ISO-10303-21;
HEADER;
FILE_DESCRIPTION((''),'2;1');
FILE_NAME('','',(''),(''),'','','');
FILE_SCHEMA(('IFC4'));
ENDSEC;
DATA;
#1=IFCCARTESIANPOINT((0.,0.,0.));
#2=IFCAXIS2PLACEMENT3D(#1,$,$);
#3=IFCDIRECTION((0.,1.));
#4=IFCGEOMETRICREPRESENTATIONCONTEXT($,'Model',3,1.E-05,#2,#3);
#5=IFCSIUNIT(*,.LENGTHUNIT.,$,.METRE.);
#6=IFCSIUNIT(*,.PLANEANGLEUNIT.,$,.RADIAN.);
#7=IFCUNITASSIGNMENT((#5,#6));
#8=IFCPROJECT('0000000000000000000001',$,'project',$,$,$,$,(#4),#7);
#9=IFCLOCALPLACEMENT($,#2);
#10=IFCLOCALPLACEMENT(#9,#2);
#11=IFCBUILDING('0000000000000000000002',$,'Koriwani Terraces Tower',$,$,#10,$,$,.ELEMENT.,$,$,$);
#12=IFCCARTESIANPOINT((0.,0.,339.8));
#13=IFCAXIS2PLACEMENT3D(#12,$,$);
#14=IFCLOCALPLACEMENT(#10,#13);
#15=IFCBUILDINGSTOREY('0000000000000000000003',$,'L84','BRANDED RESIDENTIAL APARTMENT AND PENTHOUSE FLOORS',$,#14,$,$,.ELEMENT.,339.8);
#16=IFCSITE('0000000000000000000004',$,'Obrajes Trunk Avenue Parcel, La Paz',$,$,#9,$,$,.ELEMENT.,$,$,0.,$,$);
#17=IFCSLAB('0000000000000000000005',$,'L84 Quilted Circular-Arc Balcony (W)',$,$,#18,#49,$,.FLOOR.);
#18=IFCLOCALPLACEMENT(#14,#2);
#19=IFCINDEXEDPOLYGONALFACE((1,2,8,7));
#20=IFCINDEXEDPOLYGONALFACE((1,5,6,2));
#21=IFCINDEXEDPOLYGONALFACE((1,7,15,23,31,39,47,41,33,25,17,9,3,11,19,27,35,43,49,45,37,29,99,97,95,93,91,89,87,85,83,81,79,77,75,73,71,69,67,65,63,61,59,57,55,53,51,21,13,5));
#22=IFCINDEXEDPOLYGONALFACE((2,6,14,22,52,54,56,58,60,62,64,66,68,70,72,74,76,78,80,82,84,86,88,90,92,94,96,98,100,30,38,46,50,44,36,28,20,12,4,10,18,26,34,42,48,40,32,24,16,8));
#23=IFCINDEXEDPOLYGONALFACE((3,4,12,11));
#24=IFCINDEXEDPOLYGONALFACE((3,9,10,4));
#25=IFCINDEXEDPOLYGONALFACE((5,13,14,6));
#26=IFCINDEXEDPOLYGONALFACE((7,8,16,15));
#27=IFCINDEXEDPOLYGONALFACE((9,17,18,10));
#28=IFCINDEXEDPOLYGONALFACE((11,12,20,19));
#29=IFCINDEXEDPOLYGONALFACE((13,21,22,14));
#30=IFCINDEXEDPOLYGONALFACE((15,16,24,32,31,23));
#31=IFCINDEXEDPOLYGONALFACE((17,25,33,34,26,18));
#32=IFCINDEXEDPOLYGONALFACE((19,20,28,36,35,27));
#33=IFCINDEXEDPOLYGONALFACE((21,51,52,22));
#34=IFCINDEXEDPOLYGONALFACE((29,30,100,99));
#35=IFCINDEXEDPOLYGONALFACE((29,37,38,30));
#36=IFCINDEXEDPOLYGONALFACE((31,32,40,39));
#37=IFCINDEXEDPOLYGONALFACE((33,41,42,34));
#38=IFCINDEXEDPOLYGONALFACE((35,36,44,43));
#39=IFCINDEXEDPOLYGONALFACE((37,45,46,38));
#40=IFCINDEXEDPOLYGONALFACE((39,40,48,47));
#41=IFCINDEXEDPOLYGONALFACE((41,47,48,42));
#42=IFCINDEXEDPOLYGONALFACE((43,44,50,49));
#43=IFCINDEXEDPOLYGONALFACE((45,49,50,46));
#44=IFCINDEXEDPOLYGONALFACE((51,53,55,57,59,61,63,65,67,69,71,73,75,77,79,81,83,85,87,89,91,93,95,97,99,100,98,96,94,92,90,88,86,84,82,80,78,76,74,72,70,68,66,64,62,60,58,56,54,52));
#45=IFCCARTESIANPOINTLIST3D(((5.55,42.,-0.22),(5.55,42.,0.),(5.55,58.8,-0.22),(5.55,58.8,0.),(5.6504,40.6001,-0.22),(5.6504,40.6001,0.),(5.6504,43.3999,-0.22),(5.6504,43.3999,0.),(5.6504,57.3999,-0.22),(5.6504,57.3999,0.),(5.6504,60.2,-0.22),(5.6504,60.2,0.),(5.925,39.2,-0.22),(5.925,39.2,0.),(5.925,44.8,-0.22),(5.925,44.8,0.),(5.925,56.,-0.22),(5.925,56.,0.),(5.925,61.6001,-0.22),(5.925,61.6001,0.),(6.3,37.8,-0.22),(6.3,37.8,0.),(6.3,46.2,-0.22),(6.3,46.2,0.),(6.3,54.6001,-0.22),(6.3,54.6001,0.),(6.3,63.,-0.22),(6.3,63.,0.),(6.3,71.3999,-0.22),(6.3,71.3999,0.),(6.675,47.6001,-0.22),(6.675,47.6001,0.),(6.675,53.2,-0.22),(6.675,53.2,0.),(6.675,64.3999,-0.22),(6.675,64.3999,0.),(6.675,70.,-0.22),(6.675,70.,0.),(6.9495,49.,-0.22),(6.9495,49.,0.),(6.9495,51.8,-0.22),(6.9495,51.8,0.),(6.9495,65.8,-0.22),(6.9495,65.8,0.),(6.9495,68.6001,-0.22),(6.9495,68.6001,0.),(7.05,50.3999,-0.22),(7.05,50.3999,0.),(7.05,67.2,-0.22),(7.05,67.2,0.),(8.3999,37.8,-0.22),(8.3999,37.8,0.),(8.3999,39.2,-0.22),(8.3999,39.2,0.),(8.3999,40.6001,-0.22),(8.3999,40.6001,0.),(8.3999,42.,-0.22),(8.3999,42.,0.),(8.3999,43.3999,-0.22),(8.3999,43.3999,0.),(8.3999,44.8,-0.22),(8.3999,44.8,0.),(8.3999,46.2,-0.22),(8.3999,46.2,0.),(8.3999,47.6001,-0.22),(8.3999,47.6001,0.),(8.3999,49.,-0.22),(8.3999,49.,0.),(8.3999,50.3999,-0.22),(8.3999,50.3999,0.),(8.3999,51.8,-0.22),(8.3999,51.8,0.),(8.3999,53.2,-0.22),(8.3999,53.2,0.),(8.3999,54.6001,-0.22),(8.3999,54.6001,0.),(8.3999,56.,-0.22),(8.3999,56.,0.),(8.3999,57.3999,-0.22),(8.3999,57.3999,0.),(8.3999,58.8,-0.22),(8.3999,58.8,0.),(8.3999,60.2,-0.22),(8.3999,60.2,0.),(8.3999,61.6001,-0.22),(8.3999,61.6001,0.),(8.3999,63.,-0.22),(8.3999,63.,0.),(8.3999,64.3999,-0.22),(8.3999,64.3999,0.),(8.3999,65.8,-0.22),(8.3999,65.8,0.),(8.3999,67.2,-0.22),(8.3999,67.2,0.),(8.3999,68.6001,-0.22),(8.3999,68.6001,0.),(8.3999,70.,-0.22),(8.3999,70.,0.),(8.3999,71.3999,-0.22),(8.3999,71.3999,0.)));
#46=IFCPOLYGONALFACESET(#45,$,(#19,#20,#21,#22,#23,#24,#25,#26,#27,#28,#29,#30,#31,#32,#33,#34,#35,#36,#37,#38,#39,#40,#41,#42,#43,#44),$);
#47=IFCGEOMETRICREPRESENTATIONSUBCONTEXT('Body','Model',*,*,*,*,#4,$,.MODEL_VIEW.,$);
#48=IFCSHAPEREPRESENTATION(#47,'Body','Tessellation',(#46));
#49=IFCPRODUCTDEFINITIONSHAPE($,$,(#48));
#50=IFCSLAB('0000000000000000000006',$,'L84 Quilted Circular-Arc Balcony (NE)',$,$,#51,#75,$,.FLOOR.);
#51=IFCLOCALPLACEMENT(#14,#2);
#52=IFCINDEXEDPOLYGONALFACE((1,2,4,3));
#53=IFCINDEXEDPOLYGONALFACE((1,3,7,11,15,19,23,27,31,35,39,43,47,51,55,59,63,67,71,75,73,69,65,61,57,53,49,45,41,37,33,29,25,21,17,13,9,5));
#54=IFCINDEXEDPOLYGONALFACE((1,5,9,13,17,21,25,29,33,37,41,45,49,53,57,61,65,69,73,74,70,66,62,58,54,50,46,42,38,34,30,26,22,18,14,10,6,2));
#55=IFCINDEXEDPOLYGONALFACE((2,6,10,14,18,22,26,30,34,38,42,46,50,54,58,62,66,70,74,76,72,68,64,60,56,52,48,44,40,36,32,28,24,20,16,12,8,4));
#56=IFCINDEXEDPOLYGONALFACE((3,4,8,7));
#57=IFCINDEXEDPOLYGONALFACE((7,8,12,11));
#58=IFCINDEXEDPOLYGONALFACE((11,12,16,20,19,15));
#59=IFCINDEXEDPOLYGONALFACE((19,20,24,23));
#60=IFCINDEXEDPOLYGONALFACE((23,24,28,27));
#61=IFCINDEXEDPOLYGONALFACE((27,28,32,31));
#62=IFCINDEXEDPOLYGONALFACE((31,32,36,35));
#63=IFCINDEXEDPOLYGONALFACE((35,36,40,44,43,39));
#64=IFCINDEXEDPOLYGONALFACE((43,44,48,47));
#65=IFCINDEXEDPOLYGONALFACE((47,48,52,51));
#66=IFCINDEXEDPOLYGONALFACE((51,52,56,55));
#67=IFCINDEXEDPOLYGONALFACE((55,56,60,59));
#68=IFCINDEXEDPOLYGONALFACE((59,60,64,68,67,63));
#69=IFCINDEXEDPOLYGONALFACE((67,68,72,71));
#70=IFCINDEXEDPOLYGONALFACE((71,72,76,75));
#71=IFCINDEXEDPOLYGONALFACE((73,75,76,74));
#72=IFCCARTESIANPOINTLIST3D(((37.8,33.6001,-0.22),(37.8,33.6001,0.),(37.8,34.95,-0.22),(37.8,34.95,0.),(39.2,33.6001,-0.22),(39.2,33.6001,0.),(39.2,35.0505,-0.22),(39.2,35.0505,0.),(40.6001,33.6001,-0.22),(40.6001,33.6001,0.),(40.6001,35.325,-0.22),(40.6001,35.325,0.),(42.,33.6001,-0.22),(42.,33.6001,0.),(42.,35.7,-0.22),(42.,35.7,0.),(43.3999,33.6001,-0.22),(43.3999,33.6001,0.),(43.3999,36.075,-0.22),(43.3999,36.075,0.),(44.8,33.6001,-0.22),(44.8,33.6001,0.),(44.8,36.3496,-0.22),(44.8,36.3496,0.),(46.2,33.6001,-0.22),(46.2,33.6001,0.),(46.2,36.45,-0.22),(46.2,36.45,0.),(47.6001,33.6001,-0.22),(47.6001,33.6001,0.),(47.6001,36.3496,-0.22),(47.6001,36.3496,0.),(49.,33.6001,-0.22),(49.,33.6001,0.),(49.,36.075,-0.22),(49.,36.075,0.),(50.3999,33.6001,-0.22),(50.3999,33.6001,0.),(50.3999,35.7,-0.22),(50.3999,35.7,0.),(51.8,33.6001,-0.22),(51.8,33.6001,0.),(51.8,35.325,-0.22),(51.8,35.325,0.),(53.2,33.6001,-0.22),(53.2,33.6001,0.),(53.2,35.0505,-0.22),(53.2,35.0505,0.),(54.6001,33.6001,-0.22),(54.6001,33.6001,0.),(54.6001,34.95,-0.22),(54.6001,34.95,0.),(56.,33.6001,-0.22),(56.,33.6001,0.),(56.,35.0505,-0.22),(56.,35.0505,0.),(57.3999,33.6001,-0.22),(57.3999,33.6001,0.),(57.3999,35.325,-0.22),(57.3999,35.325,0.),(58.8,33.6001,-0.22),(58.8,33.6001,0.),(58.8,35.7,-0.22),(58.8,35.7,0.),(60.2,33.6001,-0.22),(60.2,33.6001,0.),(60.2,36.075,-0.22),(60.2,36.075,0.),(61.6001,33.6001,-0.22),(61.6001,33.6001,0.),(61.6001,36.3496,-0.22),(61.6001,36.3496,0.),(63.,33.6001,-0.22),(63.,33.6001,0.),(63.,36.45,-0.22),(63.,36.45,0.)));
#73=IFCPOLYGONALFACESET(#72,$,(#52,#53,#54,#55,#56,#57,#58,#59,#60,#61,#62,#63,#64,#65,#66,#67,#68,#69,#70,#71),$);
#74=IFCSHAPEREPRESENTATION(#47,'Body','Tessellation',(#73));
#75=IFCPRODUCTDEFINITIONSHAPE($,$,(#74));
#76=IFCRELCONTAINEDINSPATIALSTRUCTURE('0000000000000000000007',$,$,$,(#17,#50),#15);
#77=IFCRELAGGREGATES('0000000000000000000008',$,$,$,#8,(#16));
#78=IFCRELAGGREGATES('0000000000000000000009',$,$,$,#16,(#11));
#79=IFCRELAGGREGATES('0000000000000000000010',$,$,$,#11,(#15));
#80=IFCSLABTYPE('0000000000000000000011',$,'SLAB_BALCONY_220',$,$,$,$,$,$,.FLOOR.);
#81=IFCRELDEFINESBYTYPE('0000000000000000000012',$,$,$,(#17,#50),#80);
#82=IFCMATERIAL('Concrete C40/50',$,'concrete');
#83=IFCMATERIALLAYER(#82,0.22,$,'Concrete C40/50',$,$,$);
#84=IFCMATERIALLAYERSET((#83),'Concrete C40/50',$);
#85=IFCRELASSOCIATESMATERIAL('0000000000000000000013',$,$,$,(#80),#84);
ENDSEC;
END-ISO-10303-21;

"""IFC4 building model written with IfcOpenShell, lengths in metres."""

from ifc_helpers import new_model, si_unit, direction, frame, origin, place, context, subcontext, project, spatial, polyline, outline, extrude, material, layer, layer_set, type_object, element, save


model = new_model("IFC4")

# Units and contexts
model_context = context("Model", 3, precision=1e-05, world=origin(), true_north=direction((0.0, 1.0)))
body_context = subcontext(model_context, "Body", "Model", "MODEL_VIEW")
ifc_project = project(units=[si_unit("LENGTHUNIT", "METRE"), si_unit("PLANEANGLEUNIT", "RADIAN")], contexts=[model_context])

# Site, building, storey
site_placement = place(None, origin())
site = spatial("IfcSite", under=ifc_project, at=site_placement, Name="Obrajes Trunk Avenue Parcel, La Paz", CompositionType="ELEMENT", RefElevation=0.0)
building_placement = place(site_placement, origin())
building = spatial("IfcBuilding", under=site, at=building_placement, Name="Koriwani Terraces Tower", CompositionType="ELEMENT")
storey_placement = place(building_placement, frame((0.0, 0.0, 339.8)))
storey = spatial("IfcBuildingStorey", under=building, at=storey_placement, Name="L84", Description="BRANDED RESIDENTIAL APARTMENT AND PENTHOUSE FLOORS", CompositionType="ELEMENT", Elevation=339.8)

# Shared definitions
ifc_material_1 = material(Name="Concrete C40/50", Category="concrete")

# Slabs
ifc_layer_1 = layer(ifc_material_1, 0.22, Name="Concrete C40/50")
ifc_layer_set_1 = layer_set([ifc_layer_1], Name="Concrete C40/50")
slab_type_1 = type_object("IfcSlabType", Name="SLAB_BALCONY_220", PredefinedType="FLOOR", material=ifc_layer_set_1)
slab_1_placement = place(storey_placement, frame((0.0, 0.0, -0.22)))
element("IfcSlab", 1, at=slab_1_placement, inside=storey, type_object=slab_type_1, Name="L84 Quilted Circular-Arc Balcony (W)", PredefinedType="FLOOR", context=body_context, shape_type="SweptSolid", body=[
    extrude(outline(polyline([(8.3999, 37.8), (8.3999, 39.2), (8.3999, 40.6001), (8.3999, 42.0), (8.3999, 43.3999), (8.3999, 44.8), (8.3999, 46.2), (8.3999, 47.6001), (8.3999, 49.0), (8.3999, 50.3999), (8.3999, 51.8), (8.3999, 53.2), (8.3999, 54.6001), (8.3999, 56.0), (8.3999, 57.3999), (8.3999, 58.8), (8.3999, 60.2), (8.3999, 61.6001), (8.3999, 63.0), (8.3999, 64.3999), (8.3999, 65.8), (8.3999, 67.2), (8.3999, 68.6001), (8.3999, 70.0), (8.3999, 71.3999), (6.3, 71.3999), (6.675, 70.0), (6.9495, 68.6001), (7.05, 67.2), (6.9495, 65.8), (6.675, 64.3999), (6.3, 63.0), (5.925, 61.6001), (5.6504, 60.2), (5.55, 58.8), (5.6504, 57.3999), (5.925, 56.0), (6.3, 54.6001), (6.675, 53.2), (6.9495, 51.8), (7.05, 50.3999), (6.9495, 49.0), (6.675, 47.6001), (6.3, 46.2), (5.925, 44.8), (5.6504, 43.3999), (5.55, 42.0), (5.6504, 40.6001), (5.925, 39.2), (6.3, 37.8), (8.3999, 37.8)])), origin(), (0.0, 0.0, 1.0), 0.22),
])
slab_2_placement = place(storey_placement, frame((0.0, 0.0, -0.22)))
element("IfcSlab", 2, at=slab_2_placement, inside=storey, type_object=slab_type_1, Name="L84 Quilted Circular-Arc Balcony (NE)", PredefinedType="FLOOR", context=body_context, shape_type="SweptSolid", body=[
    extrude(outline(polyline([(63.0, 33.6001), (61.6001, 33.6001), (60.2, 33.6001), (58.8, 33.6001), (57.3999, 33.6001), (56.0, 33.6001), (54.6001, 33.6001), (53.2, 33.6001), (51.8, 33.6001), (50.3999, 33.6001), (49.0, 33.6001), (47.6001, 33.6001), (46.2, 33.6001), (44.8, 33.6001), (43.3999, 33.6001), (42.0, 33.6001), (40.6001, 33.6001), (39.2, 33.6001), (37.8, 33.6001), (37.8, 34.95), (39.2, 35.0505), (40.6001, 35.325), (42.0, 35.7), (43.3999, 36.075), (44.8, 36.3496), (46.2, 36.45), (47.6001, 36.3496), (49.0, 36.075), (50.3999, 35.7), (51.8, 35.325), (53.2, 35.0505), (54.6001, 34.95), (56.0, 35.0505), (57.3999, 35.325), (58.8, 35.7), (60.2, 36.075), (61.6001, 36.3496), (63.0, 36.45), (63.0, 33.6001)])), origin(), (0.0, 0.0, 1.0), 0.22),
])

save(model, "model.ifc")
